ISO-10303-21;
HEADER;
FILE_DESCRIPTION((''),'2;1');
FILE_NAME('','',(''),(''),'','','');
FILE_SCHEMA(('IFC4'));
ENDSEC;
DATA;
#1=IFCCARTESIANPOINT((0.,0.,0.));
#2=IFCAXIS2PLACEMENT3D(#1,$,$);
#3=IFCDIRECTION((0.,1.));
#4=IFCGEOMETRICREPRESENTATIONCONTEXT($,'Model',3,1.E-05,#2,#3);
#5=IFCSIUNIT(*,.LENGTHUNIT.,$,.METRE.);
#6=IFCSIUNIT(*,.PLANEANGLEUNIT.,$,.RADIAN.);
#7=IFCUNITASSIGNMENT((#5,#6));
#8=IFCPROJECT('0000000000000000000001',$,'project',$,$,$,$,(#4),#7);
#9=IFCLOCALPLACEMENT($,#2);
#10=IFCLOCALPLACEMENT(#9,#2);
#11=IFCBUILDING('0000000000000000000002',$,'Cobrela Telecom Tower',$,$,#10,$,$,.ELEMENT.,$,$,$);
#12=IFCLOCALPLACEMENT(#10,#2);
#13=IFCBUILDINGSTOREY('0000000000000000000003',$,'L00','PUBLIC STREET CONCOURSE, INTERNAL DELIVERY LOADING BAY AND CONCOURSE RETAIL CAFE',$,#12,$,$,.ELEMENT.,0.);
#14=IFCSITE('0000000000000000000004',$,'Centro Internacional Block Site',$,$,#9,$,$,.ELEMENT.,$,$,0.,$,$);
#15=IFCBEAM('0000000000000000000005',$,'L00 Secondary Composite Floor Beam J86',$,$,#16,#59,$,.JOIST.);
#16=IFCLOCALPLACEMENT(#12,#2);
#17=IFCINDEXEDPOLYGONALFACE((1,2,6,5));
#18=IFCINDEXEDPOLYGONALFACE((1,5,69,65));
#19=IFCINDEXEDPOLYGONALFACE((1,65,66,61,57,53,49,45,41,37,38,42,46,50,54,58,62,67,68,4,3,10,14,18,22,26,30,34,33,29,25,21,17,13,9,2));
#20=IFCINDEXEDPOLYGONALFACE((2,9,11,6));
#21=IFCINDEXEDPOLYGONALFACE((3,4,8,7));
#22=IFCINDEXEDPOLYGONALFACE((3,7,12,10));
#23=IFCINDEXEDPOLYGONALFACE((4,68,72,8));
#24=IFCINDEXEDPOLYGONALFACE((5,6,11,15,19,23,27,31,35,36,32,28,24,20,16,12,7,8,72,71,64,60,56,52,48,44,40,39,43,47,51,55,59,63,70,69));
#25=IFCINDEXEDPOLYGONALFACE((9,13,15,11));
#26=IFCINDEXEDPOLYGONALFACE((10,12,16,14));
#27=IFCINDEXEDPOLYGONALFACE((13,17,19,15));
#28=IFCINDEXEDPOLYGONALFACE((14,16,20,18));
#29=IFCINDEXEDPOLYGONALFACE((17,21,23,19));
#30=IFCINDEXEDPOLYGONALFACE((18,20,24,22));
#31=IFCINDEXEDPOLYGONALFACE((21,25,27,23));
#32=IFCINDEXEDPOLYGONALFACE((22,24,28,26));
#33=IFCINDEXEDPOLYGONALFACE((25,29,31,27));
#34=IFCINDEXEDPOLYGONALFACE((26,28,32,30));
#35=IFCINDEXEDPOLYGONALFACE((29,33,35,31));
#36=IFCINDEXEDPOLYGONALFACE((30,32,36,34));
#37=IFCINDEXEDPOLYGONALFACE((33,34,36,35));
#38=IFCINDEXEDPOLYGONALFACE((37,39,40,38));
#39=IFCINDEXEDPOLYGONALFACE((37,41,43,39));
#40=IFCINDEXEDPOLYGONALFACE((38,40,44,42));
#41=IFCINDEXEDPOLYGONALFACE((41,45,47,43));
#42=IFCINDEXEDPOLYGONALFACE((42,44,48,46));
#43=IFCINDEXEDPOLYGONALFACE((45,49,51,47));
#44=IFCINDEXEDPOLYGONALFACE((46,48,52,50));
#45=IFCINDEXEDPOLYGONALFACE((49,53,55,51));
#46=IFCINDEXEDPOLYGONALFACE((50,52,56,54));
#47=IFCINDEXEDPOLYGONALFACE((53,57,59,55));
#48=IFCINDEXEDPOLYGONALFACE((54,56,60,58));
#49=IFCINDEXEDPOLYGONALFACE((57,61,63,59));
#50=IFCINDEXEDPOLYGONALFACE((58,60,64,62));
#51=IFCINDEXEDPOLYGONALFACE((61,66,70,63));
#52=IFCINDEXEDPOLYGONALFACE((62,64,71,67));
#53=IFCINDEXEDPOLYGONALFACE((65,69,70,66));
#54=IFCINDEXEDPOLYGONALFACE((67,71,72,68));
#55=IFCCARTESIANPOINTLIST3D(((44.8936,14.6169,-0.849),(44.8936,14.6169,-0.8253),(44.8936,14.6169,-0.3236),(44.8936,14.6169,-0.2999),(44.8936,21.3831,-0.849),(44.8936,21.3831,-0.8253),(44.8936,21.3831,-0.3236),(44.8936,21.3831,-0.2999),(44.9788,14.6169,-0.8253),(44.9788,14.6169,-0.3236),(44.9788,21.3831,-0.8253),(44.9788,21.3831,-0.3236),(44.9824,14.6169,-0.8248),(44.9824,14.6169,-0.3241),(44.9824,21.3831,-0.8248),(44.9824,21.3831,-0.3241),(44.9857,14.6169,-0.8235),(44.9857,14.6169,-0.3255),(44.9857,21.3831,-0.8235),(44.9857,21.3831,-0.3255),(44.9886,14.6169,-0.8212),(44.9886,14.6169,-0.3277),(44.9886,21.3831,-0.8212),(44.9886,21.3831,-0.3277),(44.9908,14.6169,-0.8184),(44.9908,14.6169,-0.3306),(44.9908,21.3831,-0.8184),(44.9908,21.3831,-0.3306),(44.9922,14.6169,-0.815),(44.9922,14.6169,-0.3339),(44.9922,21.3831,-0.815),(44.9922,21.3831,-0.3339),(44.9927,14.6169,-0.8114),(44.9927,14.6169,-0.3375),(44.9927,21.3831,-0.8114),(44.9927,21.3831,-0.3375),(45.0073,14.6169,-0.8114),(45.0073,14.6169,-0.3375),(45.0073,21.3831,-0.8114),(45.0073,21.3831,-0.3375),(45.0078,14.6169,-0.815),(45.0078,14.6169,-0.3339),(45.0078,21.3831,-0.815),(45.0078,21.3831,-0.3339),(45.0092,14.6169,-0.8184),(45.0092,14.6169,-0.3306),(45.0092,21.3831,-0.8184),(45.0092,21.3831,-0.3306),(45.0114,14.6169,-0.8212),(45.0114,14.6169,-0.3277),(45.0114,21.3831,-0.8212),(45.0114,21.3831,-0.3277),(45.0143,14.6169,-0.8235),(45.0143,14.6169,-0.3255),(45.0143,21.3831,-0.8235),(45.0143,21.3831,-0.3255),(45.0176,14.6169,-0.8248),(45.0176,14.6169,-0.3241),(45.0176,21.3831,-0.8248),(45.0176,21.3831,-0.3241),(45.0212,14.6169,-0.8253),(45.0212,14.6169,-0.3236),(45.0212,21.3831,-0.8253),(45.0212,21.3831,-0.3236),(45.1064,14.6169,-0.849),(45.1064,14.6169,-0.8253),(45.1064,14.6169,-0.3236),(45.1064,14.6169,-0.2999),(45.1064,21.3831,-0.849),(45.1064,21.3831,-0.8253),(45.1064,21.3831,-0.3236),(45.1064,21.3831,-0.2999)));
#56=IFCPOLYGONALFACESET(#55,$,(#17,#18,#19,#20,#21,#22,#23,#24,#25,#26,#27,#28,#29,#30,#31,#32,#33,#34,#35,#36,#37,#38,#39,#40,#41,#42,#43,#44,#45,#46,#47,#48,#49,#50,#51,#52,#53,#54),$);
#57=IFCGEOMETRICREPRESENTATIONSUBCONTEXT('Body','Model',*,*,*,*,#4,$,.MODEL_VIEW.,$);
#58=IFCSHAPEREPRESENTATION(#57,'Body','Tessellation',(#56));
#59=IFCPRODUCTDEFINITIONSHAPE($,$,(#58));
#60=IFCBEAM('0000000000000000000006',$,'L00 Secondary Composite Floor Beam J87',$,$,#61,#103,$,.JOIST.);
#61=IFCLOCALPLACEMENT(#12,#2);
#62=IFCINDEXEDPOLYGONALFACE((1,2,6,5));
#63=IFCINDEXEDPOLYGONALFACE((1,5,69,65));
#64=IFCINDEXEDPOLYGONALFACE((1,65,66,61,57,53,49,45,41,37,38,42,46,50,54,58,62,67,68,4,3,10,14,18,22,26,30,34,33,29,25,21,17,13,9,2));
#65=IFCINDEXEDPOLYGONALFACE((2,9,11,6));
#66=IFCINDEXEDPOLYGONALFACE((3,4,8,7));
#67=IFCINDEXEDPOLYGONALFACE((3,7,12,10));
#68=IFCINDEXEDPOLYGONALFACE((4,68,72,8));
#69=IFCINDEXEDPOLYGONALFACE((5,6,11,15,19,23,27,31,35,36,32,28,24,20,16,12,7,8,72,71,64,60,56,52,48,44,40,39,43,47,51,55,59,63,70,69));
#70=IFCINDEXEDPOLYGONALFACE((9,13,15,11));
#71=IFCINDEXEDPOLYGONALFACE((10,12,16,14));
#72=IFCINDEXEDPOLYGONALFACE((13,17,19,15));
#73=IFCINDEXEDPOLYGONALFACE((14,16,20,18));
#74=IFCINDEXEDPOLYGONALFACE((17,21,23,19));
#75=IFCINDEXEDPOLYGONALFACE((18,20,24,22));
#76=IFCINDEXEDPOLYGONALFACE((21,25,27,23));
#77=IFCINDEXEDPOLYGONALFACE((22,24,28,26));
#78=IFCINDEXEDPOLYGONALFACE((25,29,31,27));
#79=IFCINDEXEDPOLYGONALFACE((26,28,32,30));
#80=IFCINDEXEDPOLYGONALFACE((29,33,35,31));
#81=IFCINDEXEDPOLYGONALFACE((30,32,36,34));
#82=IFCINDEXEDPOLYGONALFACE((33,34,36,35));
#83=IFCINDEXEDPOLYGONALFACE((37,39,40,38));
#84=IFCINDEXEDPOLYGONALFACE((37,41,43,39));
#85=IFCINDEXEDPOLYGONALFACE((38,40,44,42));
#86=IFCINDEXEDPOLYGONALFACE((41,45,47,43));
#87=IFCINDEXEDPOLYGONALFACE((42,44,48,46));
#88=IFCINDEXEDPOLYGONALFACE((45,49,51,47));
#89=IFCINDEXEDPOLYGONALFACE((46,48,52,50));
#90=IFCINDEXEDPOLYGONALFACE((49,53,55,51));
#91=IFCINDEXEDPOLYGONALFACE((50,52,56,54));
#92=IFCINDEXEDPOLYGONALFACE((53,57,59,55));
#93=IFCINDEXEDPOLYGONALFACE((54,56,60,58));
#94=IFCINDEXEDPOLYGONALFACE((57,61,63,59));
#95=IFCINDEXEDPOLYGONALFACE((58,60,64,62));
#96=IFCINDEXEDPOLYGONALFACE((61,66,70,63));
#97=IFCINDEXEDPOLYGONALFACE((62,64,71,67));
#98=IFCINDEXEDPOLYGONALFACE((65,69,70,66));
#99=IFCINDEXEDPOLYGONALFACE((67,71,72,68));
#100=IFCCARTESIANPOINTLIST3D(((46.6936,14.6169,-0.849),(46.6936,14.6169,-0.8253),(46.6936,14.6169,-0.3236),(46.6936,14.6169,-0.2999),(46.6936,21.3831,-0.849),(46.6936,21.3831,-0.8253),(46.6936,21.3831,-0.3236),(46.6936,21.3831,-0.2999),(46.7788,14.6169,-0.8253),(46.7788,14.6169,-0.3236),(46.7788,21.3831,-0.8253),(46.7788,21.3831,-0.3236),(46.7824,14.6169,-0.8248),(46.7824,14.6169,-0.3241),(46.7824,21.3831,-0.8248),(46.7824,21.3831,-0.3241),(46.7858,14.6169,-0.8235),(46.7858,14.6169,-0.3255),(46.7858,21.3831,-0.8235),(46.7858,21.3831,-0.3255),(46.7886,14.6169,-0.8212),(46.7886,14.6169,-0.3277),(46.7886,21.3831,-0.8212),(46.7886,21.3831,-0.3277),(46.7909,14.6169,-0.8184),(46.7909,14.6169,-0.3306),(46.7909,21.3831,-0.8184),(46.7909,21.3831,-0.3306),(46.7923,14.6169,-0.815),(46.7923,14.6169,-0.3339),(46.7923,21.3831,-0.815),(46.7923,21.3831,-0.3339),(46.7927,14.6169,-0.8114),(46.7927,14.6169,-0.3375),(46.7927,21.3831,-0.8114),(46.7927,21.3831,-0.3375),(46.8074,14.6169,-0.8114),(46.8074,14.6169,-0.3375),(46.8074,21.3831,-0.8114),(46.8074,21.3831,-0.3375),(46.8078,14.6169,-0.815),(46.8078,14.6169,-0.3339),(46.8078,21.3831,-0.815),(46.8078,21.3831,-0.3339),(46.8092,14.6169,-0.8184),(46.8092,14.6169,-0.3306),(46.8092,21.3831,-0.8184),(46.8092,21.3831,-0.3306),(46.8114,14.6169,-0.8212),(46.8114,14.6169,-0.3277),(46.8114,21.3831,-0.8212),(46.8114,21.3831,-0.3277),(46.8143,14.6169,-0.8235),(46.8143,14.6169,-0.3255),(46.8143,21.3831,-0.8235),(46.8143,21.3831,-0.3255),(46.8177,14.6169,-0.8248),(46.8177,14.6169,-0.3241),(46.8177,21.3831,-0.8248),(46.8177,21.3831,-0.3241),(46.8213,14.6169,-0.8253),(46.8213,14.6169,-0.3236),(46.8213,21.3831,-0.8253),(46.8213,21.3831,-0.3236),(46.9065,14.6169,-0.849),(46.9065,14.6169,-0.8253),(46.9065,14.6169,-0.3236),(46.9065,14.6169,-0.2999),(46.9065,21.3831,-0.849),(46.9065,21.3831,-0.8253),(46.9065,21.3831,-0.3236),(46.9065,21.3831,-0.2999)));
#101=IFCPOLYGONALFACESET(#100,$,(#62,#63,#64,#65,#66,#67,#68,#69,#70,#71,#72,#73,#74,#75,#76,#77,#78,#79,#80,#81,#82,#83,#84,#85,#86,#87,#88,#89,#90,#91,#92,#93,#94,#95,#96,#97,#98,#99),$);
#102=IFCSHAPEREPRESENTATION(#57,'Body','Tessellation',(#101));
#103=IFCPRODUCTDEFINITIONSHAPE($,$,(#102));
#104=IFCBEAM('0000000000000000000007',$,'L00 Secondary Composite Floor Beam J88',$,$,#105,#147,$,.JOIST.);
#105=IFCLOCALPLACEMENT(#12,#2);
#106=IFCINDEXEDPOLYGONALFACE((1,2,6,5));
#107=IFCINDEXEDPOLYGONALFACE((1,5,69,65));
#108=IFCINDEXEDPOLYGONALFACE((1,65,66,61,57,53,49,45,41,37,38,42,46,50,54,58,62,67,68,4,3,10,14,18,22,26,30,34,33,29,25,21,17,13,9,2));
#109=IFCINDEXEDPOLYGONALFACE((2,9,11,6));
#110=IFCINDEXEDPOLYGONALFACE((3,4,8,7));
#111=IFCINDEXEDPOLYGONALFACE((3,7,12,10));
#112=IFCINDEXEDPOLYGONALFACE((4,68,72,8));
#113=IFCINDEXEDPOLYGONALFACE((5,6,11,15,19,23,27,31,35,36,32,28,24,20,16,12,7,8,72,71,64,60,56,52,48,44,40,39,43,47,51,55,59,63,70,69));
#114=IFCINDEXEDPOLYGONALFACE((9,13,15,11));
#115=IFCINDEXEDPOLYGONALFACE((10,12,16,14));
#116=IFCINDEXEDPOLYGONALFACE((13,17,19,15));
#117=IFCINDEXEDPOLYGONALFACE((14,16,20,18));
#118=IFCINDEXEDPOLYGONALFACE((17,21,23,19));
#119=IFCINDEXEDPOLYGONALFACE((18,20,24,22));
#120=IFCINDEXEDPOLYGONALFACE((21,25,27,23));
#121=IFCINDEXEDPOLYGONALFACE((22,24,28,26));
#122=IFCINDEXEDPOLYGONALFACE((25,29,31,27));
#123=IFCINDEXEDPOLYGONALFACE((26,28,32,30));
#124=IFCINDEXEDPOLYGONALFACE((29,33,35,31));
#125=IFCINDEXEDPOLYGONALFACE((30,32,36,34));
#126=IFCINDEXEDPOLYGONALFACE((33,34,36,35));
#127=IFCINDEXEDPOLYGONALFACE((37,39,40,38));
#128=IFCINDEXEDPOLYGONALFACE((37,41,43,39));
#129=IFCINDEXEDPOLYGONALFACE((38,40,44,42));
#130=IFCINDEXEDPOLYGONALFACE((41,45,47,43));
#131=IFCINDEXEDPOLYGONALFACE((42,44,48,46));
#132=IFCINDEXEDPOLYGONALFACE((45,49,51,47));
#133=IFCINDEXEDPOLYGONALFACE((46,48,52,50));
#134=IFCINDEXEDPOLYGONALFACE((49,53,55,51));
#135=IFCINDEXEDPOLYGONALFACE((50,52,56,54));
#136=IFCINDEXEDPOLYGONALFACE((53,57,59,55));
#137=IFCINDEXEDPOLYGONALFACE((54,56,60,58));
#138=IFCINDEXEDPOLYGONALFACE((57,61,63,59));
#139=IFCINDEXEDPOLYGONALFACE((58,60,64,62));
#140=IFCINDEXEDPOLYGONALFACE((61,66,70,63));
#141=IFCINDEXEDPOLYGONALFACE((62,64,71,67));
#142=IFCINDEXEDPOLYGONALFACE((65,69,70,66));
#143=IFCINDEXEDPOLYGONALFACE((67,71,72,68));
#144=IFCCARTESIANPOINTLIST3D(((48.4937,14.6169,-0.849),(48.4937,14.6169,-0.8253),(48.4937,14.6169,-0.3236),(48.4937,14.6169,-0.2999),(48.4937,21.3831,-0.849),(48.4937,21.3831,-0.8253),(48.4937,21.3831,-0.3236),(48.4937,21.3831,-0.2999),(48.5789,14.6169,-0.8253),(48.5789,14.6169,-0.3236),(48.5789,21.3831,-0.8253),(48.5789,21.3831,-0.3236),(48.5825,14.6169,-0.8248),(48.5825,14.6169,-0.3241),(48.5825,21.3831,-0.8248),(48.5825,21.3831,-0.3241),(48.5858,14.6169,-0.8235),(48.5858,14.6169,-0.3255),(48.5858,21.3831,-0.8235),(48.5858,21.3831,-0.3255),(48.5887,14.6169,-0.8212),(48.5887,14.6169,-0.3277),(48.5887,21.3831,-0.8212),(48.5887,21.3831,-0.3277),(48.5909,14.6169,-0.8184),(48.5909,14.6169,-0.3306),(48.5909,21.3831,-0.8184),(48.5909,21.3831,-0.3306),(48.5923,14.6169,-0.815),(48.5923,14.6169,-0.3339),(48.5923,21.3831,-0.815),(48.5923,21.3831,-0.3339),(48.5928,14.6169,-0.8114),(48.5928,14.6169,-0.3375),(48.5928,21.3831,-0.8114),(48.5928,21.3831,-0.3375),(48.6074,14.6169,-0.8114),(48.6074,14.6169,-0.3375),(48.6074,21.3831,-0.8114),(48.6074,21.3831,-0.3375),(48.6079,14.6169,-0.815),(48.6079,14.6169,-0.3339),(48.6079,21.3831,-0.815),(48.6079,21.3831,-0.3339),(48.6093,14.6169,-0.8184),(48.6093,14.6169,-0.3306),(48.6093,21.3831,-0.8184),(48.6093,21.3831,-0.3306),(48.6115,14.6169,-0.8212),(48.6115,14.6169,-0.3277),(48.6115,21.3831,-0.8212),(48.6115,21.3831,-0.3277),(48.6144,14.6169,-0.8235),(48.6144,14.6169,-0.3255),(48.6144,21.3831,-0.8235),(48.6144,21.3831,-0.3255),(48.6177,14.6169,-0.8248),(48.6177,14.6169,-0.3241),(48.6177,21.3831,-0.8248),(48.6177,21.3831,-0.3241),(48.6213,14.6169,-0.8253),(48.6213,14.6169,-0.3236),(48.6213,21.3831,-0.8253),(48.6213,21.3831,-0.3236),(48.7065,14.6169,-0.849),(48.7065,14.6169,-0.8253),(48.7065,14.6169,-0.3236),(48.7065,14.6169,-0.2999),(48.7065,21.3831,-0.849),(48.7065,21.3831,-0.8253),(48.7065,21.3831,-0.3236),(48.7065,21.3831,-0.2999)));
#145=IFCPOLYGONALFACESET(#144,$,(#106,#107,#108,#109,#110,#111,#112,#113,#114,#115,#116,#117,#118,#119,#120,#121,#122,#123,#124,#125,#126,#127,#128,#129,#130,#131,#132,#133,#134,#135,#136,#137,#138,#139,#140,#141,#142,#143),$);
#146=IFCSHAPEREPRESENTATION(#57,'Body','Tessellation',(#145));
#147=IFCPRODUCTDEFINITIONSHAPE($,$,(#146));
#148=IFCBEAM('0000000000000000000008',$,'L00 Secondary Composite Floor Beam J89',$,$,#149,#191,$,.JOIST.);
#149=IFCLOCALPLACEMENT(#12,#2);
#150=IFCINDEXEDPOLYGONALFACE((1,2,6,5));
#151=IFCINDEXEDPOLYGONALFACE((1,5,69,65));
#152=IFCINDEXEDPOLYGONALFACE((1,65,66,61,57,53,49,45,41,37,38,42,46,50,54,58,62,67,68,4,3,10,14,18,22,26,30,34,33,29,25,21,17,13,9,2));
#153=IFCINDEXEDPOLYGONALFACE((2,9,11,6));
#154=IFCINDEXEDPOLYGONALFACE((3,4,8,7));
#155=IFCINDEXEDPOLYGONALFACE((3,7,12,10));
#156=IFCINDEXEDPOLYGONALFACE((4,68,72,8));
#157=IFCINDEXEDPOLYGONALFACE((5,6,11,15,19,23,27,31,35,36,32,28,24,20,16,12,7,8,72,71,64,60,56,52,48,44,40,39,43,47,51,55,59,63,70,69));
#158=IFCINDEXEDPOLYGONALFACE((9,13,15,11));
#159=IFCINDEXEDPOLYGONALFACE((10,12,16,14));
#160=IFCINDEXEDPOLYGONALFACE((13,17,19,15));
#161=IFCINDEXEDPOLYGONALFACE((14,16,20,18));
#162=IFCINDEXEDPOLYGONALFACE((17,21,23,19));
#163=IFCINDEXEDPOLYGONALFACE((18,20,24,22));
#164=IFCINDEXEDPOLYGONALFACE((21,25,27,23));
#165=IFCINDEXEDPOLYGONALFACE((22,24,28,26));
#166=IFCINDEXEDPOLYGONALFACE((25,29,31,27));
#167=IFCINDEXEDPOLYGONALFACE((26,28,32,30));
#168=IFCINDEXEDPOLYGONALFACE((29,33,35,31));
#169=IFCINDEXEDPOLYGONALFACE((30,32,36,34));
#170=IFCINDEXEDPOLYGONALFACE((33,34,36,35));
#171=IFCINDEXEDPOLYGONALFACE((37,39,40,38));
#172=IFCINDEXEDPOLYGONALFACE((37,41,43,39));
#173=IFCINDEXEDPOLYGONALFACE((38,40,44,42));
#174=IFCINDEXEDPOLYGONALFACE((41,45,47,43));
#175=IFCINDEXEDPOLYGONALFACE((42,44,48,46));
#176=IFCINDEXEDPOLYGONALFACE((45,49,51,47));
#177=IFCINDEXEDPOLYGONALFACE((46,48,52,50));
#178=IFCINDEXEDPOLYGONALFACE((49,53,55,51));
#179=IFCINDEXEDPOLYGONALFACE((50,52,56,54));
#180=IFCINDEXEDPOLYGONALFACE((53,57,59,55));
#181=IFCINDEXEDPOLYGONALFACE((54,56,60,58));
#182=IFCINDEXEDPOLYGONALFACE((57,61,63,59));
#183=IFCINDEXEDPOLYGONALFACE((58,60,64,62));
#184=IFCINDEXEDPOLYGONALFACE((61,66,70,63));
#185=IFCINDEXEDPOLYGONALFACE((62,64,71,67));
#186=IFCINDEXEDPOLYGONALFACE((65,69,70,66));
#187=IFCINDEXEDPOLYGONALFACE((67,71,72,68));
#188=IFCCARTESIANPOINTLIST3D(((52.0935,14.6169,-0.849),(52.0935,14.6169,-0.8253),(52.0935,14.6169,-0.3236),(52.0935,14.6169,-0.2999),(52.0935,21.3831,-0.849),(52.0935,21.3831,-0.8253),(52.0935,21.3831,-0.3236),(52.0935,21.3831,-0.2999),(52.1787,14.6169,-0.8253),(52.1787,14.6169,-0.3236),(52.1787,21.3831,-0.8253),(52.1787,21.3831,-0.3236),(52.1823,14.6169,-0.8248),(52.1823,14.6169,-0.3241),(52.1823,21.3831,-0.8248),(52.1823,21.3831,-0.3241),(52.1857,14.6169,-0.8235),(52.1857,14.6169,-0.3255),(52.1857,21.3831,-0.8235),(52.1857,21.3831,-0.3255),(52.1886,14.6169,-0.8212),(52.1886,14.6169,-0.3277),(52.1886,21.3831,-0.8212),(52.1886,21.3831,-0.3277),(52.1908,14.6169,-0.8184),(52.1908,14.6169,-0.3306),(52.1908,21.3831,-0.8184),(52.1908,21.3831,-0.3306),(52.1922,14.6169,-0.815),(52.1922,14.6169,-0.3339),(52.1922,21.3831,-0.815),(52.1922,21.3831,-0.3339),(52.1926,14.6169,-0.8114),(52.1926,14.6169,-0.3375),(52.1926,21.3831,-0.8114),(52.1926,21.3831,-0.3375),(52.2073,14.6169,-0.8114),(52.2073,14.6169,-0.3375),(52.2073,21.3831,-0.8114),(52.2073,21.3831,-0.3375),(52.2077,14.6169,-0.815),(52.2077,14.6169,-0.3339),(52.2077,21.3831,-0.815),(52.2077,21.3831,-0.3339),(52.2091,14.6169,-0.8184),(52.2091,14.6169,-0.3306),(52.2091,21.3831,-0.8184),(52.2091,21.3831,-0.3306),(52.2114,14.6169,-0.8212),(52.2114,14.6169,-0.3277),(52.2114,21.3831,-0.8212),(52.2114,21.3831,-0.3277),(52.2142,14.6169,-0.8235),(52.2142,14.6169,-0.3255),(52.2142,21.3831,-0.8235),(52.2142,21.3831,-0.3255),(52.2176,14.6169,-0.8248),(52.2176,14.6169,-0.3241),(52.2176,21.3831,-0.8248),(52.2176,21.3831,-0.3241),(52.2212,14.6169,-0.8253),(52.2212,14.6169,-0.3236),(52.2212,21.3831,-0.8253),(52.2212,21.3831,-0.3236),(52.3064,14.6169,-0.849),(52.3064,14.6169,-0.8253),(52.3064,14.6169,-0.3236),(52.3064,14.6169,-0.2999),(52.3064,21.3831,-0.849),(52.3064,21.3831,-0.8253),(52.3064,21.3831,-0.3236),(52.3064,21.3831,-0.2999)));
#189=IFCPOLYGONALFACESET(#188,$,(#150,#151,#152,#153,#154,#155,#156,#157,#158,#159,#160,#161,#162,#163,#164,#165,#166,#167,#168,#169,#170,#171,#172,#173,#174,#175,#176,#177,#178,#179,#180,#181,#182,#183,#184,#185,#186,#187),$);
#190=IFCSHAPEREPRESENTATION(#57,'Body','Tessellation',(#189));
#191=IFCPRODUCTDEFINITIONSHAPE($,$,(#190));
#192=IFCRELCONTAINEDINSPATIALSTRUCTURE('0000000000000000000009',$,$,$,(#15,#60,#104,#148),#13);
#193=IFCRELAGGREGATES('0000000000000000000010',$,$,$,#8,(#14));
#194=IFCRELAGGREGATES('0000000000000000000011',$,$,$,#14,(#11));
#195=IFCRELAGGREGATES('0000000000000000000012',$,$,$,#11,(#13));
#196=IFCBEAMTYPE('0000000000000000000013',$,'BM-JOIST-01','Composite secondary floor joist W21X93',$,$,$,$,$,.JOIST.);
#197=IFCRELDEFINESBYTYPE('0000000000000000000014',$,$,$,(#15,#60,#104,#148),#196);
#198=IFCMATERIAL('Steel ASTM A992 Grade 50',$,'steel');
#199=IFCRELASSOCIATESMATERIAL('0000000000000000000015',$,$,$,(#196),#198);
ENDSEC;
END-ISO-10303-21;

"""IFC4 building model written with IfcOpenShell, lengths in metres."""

from ifc_helpers import new_model, si_unit, direction, frame, origin, origin_2d, place, context, subcontext, project, spatial, i_section, extrude, material, material_profile, profile_set, type_object, element, save


model = new_model("IFC4")

# Units and contexts
model_context = context("Model", 3, precision=1e-05, world=origin(), true_north=direction((0.0, 1.0)))
body_context = subcontext(model_context, "Body", "Model", "MODEL_VIEW")
ifc_project = project(units=[si_unit("LENGTHUNIT", "METRE"), si_unit("PLANEANGLEUNIT", "RADIAN")], contexts=[model_context])

# Site, building, storey
site_placement = place(None, origin())
site = spatial("IfcSite", under=ifc_project, at=site_placement, Name="Centro Internacional Block Site", CompositionType="ELEMENT", RefElevation=0.0)
building_placement = place(site_placement, origin())
building = spatial("IfcBuilding", under=site, at=building_placement, Name="Cobrela Telecom Tower", CompositionType="ELEMENT")
storey_placement = place(building_placement, origin())
storey = spatial("IfcBuildingStorey", under=building, at=storey_placement, Name="L00", Description="PUBLIC STREET CONCOURSE, INTERNAL DELIVERY LOADING BAY AND CONCOURSE RETAIL CAFE", CompositionType="ELEMENT", Elevation=0.0)

# Beams
ifc_material_1 = material(Name="Steel ASTM A992 Grade 50", Category="steel")
ifc_material_profile_1 = material_profile(ifc_material_1, i_section(OverallWidth=0.2129, OverallDepth=0.5491, WebThickness=0.0146, FlangeThickness=0.0237, FilletRadius=0.0139, at=origin_2d()), Name="W21X93")
ifc_profile_set_1 = profile_set([ifc_material_profile_1], Name="Steel ASTM A992 Grade 50")
beam_type_1 = type_object("IfcBeamType", Name="BM-JOIST-01", Description="Composite secondary floor joist W21X93", PredefinedType="JOIST", material=ifc_profile_set_1)
for number, where, z_axis, x_axis, name in (
    (1, (45.0, 14.6169, -0.5745), (0.0, 1.0, 0.0), (-1.0, 0.0, 0.0), "L00 Secondary Composite Floor Beam J86"),
    (2, (46.8, 14.6169, -0.5745), (0.0, 1.0, 0.0), (-1.0, 0.0, 0.0), "L00 Secondary Composite Floor Beam J87"),
    (3, (48.6001, 14.6169, -0.5745), (0.0, 1.0, 0.0), (-1.0, 0.0, 0.0), "L00 Secondary Composite Floor Beam J88"),
    (4, (52.2, 14.6169, -0.5745), (0.0, 1.0, 0.0), (-1.0, 0.0, 0.0), "L00 Secondary Composite Floor Beam J89"),
):
    element("IfcBeam", number, at=place(storey_placement, frame(where, z_axis=z_axis, x_axis=x_axis)), inside=storey, type_object=beam_type_1, Name=name, PredefinedType="JOIST", context=body_context, shape_type="SweptSolid", body=[
        extrude(i_section(OverallWidth=0.2129, OverallDepth=0.5491, WebThickness=0.0146, FlangeThickness=0.0237, FilletRadius=0.0139, at=origin_2d()), origin(), (0.0, 0.0, 1.0), 6.7661),
    ])

save(model, "model.ifc")
